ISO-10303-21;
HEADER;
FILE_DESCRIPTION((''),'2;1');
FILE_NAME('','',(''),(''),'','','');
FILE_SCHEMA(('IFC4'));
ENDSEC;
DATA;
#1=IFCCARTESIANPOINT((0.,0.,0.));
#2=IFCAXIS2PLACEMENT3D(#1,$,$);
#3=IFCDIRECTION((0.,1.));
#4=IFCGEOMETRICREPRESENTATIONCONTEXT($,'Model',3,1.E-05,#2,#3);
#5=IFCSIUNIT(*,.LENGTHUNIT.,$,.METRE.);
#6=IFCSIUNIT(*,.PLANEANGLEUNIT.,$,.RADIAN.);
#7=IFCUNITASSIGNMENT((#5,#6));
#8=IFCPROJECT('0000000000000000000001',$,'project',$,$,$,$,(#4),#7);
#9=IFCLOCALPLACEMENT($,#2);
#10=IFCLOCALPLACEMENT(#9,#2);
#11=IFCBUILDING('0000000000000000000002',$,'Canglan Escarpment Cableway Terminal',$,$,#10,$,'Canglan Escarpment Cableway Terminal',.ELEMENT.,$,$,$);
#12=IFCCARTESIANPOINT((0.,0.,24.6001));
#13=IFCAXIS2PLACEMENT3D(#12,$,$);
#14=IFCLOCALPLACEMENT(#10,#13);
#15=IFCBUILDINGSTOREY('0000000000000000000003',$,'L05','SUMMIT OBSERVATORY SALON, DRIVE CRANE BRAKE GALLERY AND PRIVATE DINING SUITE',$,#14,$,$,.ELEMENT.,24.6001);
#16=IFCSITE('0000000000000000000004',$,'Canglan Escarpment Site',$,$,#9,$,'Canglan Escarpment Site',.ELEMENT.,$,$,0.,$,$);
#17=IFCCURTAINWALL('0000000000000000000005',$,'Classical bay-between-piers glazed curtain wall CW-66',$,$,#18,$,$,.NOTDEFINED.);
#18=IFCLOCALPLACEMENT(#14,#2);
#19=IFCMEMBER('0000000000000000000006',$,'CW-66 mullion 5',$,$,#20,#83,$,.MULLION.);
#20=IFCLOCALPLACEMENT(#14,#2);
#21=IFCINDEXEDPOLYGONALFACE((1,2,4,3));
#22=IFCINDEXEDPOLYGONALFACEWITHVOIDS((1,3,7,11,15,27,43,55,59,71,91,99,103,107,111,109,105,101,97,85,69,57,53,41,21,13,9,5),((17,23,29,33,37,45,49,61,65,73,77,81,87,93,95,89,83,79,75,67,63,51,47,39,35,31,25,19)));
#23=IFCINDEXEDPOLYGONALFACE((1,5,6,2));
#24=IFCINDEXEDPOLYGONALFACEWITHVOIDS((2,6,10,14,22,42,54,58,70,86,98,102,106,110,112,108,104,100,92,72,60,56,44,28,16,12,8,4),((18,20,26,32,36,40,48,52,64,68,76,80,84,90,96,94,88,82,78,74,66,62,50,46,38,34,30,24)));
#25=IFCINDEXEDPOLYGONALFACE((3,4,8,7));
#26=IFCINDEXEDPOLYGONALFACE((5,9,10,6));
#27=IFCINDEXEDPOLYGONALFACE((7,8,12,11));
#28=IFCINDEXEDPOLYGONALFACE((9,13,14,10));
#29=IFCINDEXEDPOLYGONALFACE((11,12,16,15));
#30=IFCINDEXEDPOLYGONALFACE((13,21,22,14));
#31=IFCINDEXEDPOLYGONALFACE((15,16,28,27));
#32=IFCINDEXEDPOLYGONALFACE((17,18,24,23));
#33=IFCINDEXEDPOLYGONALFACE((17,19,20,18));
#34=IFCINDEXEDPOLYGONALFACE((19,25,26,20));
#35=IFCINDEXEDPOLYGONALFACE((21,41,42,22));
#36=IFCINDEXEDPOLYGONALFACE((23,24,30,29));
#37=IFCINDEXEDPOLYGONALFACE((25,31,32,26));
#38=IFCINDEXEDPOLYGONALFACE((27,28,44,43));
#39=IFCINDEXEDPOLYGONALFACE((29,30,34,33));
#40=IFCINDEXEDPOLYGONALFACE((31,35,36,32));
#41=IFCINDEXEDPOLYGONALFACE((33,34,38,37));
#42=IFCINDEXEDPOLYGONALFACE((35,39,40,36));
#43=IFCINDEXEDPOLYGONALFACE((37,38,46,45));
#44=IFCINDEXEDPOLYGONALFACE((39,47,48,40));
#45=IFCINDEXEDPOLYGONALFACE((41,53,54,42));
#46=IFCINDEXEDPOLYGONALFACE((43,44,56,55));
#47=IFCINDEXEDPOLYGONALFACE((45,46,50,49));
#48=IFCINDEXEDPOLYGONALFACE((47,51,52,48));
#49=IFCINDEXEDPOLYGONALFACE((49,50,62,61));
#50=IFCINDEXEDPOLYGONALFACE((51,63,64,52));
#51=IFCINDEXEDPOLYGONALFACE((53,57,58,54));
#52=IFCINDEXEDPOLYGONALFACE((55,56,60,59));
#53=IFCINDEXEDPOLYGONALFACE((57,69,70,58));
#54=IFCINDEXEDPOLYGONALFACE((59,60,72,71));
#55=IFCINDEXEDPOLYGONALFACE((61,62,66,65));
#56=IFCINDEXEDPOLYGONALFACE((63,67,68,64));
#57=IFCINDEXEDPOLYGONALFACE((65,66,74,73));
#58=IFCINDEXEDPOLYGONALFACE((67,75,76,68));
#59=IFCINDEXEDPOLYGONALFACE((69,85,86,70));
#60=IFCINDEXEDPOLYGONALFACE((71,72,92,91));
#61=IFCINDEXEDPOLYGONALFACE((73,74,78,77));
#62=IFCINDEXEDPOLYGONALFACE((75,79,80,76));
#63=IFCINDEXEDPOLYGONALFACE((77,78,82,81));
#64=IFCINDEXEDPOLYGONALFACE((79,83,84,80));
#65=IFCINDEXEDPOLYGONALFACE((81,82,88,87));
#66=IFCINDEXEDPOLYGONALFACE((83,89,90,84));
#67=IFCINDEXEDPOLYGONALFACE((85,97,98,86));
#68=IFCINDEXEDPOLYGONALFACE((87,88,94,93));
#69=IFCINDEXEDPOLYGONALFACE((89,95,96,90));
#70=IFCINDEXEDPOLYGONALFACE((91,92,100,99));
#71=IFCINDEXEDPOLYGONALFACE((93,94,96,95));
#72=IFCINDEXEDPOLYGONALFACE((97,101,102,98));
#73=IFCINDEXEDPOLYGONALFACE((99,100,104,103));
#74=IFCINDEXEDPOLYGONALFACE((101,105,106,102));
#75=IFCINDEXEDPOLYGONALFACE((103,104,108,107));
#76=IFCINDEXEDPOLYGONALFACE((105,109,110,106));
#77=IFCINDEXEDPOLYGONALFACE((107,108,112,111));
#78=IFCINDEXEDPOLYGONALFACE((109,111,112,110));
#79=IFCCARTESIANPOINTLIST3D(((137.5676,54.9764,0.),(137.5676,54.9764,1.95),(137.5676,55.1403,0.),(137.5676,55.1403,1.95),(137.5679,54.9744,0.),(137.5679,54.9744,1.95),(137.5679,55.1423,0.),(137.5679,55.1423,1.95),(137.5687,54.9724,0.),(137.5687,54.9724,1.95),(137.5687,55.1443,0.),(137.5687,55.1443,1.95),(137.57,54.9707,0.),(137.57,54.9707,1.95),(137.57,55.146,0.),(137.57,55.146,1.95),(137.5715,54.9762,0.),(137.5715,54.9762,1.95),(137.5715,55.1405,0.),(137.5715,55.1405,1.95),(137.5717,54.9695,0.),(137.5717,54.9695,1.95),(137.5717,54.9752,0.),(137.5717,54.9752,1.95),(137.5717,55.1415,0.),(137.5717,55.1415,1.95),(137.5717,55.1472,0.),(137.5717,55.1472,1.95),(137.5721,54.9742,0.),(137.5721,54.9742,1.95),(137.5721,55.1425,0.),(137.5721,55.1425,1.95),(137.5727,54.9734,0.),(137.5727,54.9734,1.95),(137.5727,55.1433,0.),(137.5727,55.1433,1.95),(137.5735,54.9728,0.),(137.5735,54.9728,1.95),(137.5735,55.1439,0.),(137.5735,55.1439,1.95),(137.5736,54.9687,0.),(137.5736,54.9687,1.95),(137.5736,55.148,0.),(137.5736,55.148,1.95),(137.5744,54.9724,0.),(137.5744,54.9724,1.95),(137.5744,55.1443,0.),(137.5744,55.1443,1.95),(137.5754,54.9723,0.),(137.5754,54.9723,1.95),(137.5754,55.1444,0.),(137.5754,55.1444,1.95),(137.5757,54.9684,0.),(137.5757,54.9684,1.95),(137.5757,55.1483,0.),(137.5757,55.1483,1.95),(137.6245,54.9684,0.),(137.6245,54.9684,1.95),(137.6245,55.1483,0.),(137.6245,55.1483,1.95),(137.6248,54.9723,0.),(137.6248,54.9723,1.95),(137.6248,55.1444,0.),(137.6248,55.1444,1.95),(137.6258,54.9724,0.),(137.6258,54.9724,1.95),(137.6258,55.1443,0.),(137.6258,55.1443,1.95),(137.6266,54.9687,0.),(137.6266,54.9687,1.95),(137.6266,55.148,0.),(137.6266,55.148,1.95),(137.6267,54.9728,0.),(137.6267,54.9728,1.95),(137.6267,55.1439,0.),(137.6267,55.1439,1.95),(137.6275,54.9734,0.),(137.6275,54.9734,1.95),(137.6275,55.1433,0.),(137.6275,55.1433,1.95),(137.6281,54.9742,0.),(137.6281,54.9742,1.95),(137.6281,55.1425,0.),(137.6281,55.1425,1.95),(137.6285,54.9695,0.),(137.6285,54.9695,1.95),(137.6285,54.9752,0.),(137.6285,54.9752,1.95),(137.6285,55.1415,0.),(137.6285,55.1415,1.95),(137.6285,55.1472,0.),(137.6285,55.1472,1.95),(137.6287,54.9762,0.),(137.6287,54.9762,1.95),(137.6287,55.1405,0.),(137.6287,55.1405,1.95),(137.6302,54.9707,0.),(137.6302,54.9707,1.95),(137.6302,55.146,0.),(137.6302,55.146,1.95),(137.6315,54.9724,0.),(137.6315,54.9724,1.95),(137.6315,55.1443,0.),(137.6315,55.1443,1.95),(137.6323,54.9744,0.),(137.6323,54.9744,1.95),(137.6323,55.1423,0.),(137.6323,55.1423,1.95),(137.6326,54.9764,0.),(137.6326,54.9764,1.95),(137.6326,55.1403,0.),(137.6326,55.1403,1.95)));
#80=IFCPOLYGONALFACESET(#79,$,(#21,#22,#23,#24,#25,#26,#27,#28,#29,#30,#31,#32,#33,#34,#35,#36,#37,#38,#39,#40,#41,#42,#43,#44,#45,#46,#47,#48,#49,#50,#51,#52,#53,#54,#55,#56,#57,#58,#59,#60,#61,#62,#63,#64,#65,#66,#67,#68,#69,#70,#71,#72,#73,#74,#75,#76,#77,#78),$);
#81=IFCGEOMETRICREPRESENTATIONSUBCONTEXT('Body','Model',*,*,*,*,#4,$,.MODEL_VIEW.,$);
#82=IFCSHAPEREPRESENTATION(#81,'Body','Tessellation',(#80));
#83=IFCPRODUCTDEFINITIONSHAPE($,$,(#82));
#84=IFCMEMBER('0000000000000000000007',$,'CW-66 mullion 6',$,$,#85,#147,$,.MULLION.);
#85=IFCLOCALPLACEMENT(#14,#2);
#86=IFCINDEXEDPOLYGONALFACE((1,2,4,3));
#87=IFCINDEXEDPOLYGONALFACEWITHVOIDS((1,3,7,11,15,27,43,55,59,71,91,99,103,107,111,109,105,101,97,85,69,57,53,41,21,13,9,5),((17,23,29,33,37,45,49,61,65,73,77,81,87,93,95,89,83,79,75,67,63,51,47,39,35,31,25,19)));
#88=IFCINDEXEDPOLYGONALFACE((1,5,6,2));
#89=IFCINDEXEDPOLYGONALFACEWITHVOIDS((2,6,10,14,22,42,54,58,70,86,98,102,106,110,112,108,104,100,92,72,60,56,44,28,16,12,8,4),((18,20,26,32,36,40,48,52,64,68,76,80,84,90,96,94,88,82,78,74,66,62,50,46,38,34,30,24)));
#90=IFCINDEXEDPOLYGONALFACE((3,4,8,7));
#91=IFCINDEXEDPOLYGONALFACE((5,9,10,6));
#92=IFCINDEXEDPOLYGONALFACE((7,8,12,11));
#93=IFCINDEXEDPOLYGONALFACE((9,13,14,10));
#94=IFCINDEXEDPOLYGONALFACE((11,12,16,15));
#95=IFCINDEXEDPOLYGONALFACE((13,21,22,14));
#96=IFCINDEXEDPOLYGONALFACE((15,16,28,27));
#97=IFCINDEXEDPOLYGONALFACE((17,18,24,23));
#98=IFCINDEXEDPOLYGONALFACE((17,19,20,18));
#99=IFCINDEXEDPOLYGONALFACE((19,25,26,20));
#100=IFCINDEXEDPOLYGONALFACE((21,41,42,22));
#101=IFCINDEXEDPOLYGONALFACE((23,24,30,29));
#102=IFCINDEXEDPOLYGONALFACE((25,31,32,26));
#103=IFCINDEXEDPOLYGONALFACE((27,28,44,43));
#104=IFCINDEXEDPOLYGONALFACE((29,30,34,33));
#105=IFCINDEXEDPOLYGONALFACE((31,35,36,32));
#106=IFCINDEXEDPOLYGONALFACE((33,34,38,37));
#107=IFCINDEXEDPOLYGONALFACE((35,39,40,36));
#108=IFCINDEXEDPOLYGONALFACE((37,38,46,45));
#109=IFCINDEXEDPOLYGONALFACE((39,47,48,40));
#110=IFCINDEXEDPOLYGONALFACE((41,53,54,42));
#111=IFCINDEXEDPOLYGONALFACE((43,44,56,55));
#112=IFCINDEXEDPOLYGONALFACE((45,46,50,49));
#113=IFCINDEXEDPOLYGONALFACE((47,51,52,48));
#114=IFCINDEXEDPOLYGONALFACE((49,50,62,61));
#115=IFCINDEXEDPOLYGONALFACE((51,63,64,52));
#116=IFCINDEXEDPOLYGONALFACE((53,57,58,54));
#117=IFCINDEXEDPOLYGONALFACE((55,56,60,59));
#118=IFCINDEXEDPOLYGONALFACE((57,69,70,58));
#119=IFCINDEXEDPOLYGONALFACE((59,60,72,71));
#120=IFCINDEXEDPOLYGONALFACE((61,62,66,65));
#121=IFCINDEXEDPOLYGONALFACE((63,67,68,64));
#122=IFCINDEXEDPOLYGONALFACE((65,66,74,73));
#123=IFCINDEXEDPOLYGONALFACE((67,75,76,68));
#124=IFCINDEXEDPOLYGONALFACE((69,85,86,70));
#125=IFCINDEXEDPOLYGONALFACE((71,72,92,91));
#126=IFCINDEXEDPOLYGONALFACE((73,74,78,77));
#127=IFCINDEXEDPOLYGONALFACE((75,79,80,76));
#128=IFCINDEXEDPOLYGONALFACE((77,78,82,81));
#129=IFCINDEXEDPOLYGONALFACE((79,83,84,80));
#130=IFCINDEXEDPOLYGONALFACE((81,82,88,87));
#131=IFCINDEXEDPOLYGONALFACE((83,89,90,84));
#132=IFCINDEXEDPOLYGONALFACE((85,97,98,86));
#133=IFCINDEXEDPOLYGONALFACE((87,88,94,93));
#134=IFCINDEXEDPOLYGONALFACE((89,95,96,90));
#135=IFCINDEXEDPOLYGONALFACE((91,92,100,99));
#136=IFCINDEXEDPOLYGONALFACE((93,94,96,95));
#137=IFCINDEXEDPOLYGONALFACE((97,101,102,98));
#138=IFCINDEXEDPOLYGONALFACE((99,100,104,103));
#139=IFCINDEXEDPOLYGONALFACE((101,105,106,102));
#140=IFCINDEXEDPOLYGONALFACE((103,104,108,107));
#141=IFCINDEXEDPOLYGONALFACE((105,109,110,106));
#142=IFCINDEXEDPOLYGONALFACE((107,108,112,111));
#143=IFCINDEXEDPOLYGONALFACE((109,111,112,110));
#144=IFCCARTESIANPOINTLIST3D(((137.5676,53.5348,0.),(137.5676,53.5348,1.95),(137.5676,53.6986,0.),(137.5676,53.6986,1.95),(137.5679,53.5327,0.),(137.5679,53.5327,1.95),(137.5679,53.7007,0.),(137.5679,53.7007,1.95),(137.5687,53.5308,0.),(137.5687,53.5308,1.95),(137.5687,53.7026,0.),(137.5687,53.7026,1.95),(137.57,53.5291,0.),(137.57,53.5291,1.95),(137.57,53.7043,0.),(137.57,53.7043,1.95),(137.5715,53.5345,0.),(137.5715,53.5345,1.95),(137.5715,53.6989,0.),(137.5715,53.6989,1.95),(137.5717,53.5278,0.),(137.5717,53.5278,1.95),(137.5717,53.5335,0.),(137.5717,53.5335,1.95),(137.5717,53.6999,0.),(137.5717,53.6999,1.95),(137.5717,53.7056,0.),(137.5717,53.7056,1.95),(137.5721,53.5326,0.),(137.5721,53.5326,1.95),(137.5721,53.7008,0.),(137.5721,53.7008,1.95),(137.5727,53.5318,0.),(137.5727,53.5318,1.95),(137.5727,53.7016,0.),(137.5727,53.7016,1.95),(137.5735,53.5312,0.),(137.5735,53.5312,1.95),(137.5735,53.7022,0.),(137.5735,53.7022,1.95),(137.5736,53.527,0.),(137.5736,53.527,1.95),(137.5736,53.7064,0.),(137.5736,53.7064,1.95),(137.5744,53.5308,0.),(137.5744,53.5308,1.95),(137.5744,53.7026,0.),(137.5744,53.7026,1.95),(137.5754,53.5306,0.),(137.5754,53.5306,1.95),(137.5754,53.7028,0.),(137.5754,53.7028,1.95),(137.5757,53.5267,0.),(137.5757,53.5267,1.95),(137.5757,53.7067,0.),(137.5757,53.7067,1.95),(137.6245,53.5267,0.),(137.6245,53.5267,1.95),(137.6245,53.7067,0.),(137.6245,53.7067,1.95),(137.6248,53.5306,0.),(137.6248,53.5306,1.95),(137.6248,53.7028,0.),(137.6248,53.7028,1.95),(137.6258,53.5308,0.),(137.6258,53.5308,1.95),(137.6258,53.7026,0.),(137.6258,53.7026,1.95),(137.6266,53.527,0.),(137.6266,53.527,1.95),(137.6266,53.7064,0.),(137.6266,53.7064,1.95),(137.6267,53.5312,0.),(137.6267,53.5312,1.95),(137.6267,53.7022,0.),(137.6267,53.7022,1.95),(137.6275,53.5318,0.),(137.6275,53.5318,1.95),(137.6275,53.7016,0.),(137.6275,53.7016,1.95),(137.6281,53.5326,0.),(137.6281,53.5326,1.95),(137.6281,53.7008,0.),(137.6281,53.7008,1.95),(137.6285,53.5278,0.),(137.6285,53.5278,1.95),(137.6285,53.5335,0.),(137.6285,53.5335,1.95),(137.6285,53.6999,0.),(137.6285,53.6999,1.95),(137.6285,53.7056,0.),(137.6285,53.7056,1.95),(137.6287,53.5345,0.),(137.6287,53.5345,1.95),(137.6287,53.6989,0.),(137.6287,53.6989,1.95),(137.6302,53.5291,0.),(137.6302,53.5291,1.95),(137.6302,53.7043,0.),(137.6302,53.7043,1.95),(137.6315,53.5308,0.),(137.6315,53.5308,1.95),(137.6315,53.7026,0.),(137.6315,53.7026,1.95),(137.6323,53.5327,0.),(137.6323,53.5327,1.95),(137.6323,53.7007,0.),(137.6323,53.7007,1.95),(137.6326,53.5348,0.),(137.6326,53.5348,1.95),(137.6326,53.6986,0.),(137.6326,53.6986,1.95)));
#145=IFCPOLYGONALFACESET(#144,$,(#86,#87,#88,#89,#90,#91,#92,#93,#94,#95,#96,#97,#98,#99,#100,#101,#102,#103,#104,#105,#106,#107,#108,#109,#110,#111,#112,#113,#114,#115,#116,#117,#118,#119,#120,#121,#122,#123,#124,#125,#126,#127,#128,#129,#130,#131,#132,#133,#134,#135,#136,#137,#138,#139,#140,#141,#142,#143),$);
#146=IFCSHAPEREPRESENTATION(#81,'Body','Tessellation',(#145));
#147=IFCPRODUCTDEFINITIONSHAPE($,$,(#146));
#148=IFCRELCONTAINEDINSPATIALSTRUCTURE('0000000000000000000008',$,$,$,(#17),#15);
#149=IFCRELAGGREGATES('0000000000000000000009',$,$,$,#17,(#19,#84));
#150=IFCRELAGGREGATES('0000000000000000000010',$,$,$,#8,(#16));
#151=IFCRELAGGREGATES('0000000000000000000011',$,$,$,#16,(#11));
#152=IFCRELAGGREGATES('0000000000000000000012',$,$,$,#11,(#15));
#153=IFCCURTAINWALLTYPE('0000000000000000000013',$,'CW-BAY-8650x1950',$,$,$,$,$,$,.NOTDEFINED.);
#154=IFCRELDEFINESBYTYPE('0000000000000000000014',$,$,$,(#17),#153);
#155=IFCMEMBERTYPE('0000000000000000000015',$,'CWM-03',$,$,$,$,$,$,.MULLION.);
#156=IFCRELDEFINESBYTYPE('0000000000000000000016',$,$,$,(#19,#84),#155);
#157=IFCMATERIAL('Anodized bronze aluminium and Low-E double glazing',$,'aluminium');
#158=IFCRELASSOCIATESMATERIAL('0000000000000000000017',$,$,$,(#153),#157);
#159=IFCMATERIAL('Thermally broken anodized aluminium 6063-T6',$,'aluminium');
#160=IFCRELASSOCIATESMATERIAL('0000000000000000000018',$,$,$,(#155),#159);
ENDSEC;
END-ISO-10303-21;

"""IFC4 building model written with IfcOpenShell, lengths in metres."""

from ifc_helpers import new_model, si_unit, direction, frame, origin, origin_2d, place, context, subcontext, project, spatial, hollow_rectangle, extrude, material, material_profile, profile_set, type_object, element, aggregate, save


model = new_model("IFC4")

# Units and contexts
model_context = context("Model", 3, precision=1e-05, world=origin(), true_north=direction((0.0, 1.0)))
body_context = subcontext(model_context, "Body", "Model", "MODEL_VIEW")
ifc_project = project(units=[si_unit("LENGTHUNIT", "METRE"), si_unit("PLANEANGLEUNIT", "RADIAN")], contexts=[model_context])

# Site, building, storey
site_placement = place(None, origin())
site = spatial("IfcSite", under=ifc_project, at=site_placement, Name="Canglan Escarpment Site", LongName="Canglan Escarpment Site", CompositionType="ELEMENT", RefElevation=0.0)
building_placement = place(site_placement, origin())
building = spatial("IfcBuilding", under=site, at=building_placement, Name="Canglan Escarpment Cableway Terminal", LongName="Canglan Escarpment Cableway Terminal", CompositionType="ELEMENT")
storey_placement = place(building_placement, frame((0.0, 0.0, 24.6001)))
storey = spatial("IfcBuildingStorey", under=building, at=storey_placement, Name="L05", Description="SUMMIT OBSERVATORY SALON, DRIVE CRANE BRAKE GALLERY AND PRIVATE DINING SUITE", CompositionType="ELEMENT", Elevation=24.6001)

# Curtain wall, members
ifc_material_1 = material(Name="Anodized bronze aluminium and Low-E double glazing", Category="aluminium")
ifc_material_2 = material(Name="Thermally broken anodized aluminium 6063-T6", Category="aluminium")
curtain_wall_type_1 = type_object("IfcCurtainWallType", Name="CW-BAY-8650x1950", PredefinedType="NOTDEFINED", material=ifc_material_1)
curtain_wall_1_placement = place(storey_placement, origin())
curtain_wall_1 = element("IfcCurtainWall", 1, at=curtain_wall_1_placement, inside=storey, type_object=curtain_wall_type_1, Name="Classical bay-between-piers glazed curtain wall CW-66", PredefinedType="NOTDEFINED")
ifc_material_profile_1 = material_profile(ifc_material_2, hollow_rectangle(XDim=0.0649, YDim=0.1799, WallThickness=0.0039, InnerFilletRadius=0.0039, OuterFilletRadius=0.0081, at=origin_2d()), Name="ALU-MULL 65x180x4")
ifc_profile_set_1 = profile_set([ifc_material_profile_1], Name="Thermally broken anodized aluminium 6063-T6")
member_type_1 = type_object("IfcMemberType", Name="CWM-03", PredefinedType="MULLION", material=ifc_profile_set_1)
member_1_placement = place(storey_placement, frame((137.6001, 55.0583, 0.0), z_axis=(0.0, 0.0, 1.0), x_axis=(1.0, 0.0, 0.0)))
member_1 = element("IfcMember", 2, at=member_1_placement, type_object=member_type_1, Name="CW-66 mullion 5", PredefinedType="MULLION", context=body_context, shape_type="SweptSolid", body=[
    extrude(hollow_rectangle(XDim=0.0649, YDim=0.1799, WallThickness=0.0039, InnerFilletRadius=0.0039, OuterFilletRadius=0.0081, at=origin_2d()), origin(), (0.0, 0.0, 1.0), 1.95),
])
member_2_placement = place(storey_placement, frame((137.6001, 53.6167, 0.0), z_axis=(0.0, 0.0, 1.0), x_axis=(1.0, 0.0, 0.0)))
member_2 = element("IfcMember", 3, at=member_2_placement, type_object=member_type_1, Name="CW-66 mullion 6", PredefinedType="MULLION", context=body_context, shape_type="SweptSolid", body=[
    extrude(hollow_rectangle(XDim=0.0649, YDim=0.1799, WallThickness=0.0039, InnerFilletRadius=0.0039, OuterFilletRadius=0.0081, at=origin_2d()), origin(), (0.0, 0.0, 1.0), 1.95),
])
aggregate(curtain_wall_1, [member_1, member_2])

save(model, "model.ifc")
